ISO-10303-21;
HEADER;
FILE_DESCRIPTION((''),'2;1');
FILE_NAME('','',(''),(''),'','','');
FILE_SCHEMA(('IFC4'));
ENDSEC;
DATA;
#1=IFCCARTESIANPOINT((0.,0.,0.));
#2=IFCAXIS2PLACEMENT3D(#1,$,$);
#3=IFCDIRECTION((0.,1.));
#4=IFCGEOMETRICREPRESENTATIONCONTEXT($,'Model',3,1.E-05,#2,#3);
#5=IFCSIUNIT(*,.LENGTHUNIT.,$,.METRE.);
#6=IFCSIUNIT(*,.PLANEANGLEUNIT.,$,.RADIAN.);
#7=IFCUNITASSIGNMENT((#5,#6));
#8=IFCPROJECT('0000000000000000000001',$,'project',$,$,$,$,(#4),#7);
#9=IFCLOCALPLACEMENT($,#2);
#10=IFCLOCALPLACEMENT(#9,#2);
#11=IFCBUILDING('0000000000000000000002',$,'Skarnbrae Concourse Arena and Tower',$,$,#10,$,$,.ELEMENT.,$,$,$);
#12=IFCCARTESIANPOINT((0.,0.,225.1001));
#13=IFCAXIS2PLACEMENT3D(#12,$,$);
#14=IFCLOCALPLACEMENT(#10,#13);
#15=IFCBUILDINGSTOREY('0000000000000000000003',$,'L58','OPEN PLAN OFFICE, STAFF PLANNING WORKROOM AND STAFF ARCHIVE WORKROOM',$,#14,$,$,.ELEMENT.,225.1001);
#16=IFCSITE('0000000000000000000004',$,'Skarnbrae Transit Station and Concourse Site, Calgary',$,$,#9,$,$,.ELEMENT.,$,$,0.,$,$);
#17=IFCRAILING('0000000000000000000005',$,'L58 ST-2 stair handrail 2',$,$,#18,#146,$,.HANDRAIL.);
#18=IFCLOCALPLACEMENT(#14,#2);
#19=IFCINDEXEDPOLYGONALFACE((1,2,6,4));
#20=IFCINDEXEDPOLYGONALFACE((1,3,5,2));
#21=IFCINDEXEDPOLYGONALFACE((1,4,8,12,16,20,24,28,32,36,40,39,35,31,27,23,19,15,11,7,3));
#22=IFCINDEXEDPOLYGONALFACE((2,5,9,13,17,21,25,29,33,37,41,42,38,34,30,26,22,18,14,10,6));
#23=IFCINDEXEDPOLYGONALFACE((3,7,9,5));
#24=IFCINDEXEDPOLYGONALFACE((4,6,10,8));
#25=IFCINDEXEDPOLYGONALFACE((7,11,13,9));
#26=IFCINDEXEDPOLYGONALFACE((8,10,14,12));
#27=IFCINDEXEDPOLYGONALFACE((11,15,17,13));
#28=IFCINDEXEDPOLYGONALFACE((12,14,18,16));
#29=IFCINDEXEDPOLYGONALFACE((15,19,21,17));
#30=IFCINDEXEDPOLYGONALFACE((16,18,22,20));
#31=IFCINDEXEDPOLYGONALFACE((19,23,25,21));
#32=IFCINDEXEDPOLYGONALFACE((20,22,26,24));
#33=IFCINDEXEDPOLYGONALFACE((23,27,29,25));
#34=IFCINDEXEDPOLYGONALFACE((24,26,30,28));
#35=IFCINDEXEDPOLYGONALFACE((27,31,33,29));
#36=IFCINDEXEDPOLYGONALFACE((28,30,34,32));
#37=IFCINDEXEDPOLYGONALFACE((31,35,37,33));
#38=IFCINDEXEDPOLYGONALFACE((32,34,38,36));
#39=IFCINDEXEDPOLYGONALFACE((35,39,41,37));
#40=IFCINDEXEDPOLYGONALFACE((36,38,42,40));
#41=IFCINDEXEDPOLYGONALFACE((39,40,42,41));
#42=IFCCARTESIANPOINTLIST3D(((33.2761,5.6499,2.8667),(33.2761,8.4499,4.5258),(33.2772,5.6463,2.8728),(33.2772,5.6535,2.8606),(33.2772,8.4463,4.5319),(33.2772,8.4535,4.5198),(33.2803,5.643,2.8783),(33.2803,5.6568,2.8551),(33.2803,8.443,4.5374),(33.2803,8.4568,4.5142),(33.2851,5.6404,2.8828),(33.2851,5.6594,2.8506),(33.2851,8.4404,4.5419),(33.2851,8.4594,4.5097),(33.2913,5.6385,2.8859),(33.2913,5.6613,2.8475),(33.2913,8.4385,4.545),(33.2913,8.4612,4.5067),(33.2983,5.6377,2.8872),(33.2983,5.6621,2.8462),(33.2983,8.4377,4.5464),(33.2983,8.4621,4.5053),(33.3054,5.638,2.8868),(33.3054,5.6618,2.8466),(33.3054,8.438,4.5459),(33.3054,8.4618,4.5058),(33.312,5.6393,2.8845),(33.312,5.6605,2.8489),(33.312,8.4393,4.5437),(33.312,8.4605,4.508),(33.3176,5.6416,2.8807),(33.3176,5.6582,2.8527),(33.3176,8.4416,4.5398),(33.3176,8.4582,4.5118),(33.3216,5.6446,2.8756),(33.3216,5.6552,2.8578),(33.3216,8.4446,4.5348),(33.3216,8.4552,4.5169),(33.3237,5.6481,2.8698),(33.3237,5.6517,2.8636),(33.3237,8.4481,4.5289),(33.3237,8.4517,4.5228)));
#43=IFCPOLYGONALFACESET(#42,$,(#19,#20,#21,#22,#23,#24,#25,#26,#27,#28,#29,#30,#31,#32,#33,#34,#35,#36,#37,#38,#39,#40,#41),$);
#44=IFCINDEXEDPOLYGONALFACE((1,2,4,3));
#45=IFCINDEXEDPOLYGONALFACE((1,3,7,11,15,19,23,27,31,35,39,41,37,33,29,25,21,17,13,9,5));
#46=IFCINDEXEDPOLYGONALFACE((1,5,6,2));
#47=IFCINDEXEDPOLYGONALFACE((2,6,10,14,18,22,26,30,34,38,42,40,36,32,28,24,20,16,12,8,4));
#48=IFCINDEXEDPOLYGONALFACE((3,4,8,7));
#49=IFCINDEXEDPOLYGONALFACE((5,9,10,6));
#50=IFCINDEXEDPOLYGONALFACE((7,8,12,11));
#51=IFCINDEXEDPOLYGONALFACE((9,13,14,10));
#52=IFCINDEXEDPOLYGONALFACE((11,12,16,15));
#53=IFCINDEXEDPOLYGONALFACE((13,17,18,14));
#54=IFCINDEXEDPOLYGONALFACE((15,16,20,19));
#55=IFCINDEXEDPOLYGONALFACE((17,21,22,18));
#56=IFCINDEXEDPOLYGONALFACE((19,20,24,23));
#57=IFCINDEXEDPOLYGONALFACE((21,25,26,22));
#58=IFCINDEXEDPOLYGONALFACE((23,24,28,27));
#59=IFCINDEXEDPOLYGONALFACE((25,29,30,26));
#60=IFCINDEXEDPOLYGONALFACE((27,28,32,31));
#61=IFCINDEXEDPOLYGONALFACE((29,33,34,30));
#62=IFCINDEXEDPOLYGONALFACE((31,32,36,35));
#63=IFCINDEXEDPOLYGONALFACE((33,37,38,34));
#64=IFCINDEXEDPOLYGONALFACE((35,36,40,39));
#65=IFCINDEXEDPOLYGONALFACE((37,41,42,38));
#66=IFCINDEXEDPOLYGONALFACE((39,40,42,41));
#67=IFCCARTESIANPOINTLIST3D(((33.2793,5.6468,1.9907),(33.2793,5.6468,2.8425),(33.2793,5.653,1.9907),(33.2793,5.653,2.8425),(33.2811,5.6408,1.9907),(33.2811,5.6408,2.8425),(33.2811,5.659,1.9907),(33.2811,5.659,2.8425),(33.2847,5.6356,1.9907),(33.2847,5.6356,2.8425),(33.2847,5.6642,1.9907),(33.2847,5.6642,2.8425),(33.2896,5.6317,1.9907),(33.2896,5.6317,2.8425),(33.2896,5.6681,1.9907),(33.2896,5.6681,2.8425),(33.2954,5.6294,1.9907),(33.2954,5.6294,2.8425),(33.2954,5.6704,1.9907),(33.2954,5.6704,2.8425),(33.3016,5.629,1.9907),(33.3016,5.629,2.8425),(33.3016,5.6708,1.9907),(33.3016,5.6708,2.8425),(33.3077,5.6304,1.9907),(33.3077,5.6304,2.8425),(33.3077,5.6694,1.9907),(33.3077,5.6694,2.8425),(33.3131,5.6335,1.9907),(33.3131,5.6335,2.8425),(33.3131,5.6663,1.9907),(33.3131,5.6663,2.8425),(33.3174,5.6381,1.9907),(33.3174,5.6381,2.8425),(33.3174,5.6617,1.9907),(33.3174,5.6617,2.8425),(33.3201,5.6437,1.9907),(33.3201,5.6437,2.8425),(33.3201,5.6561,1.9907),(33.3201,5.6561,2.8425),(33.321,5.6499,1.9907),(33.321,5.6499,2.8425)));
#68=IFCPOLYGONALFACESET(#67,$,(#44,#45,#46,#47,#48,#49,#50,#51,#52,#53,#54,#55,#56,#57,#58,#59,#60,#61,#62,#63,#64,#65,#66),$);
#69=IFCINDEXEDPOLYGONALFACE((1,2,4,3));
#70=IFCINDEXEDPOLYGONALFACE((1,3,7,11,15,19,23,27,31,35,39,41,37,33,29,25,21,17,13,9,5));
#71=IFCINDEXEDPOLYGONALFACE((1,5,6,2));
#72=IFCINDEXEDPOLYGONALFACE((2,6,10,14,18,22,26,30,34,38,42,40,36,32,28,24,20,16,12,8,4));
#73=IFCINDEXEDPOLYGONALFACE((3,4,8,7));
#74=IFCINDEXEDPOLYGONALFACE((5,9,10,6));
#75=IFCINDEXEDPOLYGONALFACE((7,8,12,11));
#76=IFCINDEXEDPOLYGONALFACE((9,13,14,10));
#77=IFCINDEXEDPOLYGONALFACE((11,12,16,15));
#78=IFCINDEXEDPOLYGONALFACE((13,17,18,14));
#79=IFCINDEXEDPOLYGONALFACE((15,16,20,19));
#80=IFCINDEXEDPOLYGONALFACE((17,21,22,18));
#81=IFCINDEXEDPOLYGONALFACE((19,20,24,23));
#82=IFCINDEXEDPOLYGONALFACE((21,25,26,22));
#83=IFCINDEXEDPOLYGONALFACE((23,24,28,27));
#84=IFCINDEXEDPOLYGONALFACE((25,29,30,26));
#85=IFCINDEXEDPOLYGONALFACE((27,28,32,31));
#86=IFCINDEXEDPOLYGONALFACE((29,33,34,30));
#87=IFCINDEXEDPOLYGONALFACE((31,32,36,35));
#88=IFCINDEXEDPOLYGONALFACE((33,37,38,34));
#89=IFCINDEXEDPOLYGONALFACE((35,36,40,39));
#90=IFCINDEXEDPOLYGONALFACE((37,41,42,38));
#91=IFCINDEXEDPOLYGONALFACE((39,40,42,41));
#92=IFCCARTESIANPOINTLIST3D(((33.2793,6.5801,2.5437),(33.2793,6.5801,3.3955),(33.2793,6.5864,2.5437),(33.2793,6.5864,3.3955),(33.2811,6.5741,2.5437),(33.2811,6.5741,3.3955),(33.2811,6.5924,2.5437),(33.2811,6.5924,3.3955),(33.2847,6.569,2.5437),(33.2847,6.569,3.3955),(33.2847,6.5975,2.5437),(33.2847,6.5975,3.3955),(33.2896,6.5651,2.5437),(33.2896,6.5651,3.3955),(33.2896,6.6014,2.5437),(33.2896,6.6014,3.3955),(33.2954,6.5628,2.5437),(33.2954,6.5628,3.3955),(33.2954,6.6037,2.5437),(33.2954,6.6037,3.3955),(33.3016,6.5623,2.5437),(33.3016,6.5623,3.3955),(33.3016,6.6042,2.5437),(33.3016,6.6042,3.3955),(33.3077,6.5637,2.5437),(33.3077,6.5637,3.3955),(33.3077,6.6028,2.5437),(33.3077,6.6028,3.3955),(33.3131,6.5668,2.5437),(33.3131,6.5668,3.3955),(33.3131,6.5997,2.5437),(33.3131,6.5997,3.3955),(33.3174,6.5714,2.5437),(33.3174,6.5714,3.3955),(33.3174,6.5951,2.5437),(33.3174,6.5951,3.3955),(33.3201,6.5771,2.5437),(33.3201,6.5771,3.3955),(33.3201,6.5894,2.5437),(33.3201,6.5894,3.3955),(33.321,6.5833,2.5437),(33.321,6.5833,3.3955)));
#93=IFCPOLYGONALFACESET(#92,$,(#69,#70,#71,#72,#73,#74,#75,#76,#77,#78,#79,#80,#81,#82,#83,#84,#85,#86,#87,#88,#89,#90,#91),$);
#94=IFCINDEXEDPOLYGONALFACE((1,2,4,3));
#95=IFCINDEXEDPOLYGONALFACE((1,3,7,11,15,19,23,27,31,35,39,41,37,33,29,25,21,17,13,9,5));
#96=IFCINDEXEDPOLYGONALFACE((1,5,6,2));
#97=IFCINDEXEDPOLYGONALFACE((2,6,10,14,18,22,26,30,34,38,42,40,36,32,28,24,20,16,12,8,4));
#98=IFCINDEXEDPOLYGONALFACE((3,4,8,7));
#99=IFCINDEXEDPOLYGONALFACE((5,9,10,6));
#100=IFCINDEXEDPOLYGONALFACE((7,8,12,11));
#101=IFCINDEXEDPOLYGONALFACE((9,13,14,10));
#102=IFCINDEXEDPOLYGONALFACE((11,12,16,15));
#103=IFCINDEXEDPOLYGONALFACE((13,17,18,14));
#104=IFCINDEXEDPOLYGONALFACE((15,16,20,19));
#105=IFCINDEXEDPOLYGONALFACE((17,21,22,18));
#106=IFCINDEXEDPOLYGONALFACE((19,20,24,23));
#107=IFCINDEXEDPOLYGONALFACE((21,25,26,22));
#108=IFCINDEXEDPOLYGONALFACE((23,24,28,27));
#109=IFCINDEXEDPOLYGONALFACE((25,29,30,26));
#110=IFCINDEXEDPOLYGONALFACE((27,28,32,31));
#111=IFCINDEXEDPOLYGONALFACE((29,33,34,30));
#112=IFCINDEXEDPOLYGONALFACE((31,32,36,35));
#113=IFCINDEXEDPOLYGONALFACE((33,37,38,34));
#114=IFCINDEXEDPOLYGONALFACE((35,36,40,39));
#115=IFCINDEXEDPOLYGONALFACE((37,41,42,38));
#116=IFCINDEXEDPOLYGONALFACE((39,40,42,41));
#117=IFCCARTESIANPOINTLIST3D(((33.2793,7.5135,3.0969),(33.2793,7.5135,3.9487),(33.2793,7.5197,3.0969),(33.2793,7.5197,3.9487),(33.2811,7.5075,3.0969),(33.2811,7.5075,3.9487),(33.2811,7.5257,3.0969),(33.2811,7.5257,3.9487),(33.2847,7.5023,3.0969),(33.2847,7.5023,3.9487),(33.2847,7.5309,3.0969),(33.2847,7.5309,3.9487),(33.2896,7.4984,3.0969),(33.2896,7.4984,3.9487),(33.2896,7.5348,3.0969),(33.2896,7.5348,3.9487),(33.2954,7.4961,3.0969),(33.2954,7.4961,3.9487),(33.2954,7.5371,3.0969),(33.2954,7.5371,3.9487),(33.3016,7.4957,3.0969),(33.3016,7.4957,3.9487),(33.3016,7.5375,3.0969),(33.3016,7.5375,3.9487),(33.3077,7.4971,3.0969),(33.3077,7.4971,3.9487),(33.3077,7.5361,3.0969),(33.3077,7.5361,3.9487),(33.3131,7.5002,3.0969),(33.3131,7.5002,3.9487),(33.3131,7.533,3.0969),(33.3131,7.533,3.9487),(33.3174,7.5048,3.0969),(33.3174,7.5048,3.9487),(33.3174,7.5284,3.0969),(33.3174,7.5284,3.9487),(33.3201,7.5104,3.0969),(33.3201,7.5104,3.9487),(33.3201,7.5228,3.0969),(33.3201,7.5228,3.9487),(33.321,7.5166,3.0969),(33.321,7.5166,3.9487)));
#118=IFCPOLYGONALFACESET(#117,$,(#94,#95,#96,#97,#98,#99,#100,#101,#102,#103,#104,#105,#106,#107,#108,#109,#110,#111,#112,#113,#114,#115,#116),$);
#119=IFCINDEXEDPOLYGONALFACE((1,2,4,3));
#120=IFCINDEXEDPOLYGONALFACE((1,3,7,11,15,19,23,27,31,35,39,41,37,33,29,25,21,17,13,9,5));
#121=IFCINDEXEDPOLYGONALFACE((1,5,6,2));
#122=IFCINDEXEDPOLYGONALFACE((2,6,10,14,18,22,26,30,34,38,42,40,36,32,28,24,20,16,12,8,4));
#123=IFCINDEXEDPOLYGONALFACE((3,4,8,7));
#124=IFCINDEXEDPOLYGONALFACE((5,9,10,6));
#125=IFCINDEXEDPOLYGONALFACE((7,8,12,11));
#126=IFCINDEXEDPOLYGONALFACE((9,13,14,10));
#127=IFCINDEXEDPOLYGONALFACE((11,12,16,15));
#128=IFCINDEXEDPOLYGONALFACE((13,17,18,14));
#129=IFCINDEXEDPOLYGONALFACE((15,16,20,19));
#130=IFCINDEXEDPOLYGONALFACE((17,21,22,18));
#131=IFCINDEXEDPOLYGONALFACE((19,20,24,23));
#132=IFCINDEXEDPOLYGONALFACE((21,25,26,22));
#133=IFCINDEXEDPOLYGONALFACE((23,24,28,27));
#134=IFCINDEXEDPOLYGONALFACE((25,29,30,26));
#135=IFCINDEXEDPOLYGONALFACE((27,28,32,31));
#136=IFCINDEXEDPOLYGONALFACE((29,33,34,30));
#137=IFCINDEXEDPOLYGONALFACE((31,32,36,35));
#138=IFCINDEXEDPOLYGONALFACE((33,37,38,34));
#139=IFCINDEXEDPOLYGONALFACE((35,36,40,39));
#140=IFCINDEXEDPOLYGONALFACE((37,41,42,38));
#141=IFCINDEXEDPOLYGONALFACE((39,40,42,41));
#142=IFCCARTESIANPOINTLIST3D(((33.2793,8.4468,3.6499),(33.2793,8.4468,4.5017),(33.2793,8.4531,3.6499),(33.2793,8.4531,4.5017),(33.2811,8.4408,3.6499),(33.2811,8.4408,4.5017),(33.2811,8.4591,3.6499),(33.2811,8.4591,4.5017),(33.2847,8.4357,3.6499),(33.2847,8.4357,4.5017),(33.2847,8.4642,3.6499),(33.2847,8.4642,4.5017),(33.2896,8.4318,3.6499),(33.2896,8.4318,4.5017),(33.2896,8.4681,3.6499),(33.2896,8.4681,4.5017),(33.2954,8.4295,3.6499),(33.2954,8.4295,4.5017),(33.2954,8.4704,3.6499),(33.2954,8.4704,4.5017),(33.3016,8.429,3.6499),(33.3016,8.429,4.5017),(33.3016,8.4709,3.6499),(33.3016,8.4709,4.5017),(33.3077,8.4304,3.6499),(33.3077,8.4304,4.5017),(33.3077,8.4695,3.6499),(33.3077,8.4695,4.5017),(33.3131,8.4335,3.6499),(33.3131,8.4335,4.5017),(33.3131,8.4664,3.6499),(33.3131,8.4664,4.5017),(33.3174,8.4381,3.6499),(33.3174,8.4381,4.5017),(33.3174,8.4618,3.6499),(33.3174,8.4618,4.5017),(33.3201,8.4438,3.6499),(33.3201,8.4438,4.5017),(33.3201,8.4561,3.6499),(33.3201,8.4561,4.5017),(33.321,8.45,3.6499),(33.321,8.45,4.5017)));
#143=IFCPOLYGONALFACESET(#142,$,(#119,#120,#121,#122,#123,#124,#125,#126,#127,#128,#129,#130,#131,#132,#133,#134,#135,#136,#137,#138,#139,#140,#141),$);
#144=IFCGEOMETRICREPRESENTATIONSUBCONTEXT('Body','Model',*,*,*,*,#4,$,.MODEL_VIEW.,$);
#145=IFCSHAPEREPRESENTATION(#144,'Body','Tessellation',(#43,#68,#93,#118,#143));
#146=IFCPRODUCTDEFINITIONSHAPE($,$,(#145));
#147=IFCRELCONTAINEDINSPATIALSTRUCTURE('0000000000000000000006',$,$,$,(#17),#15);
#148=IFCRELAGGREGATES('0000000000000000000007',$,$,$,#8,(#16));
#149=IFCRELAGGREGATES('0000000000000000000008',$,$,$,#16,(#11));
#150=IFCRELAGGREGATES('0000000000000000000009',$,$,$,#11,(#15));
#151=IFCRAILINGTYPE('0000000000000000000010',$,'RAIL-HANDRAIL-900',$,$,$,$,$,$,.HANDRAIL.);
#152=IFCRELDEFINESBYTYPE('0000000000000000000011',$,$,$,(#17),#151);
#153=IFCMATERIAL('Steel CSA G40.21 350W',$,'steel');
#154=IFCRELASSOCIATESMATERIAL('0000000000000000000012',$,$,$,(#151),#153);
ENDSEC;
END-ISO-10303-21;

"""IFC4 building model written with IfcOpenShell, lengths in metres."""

from ifc_helpers import new_model, si_unit, direction, frame, origin, origin_2d, place, context, subcontext, project, spatial, circle, extrude, material, type_object, element, save


model = new_model("IFC4")

# Units and contexts
model_context = context("Model", 3, precision=1e-05, world=origin(), true_north=direction((0.0, 1.0)))
body_context = subcontext(model_context, "Body", "Model", "MODEL_VIEW")
ifc_project = project(units=[si_unit("LENGTHUNIT", "METRE"), si_unit("PLANEANGLEUNIT", "RADIAN")], contexts=[model_context])

# Site, building, storey
site_placement = place(None, origin())
site = spatial("IfcSite", under=ifc_project, at=site_placement, Name="Skarnbrae Transit Station and Concourse Site, Calgary", CompositionType="ELEMENT", RefElevation=0.0)
building_placement = place(site_placement, origin())
building = spatial("IfcBuilding", under=site, at=building_placement, Name="Skarnbrae Concourse Arena and Tower", CompositionType="ELEMENT")
storey_placement = place(building_placement, frame((0.0, 0.0, 225.1001)))
storey = spatial("IfcBuildingStorey", under=building, at=storey_placement, Name="L58", Description="OPEN PLAN OFFICE, STAFF PLANNING WORKROOM AND STAFF ARCHIVE WORKROOM", CompositionType="ELEMENT", Elevation=225.1001)

# Shared definitions
ifc_material_1 = material(Name="Steel CSA G40.21 350W", Category="steel")

# Railing
railing_type_1 = type_object("IfcRailingType", Name="RAIL-HANDRAIL-900", PredefinedType="HANDRAIL", material=ifc_material_1)
railing_1_placement = place(storey_placement, frame((33.3, 5.6499, 1.9907)))
element("IfcRailing", 1, at=railing_1_placement, inside=storey, type_object=railing_type_1, Name="L58 ST-2 stair handrail 2", PredefinedType="HANDRAIL", context=body_context, shape_type="SweptSolid", body=[
    extrude(circle(Radius=0.0239, at=origin_2d()), frame((0.0, 0.0, 0.876), z_axis=(0.0, 0.860306, 0.509778), x_axis=(-1.0, 0.0, 0.0)), (0.0, 0.0, 1.0), 3.2546),
    extrude(circle(Radius=0.021, at=origin_2d()), origin(), (0.0, 0.0, 1.0), 0.8518),
    extrude(circle(Radius=0.021, at=origin_2d()), frame((0.0, 0.9333, 0.553)), (0.0, 0.0, 1.0), 0.8518),
    extrude(circle(Radius=0.021, at=origin_2d()), frame((0.0, 1.8667, 1.1062)), (0.0, 0.0, 1.0), 0.8518),
    extrude(circle(Radius=0.021, at=origin_2d()), frame((0.0, 2.8, 1.6592)), (0.0, 0.0, 1.0), 0.8518),
])

save(model, "model.ifc")
